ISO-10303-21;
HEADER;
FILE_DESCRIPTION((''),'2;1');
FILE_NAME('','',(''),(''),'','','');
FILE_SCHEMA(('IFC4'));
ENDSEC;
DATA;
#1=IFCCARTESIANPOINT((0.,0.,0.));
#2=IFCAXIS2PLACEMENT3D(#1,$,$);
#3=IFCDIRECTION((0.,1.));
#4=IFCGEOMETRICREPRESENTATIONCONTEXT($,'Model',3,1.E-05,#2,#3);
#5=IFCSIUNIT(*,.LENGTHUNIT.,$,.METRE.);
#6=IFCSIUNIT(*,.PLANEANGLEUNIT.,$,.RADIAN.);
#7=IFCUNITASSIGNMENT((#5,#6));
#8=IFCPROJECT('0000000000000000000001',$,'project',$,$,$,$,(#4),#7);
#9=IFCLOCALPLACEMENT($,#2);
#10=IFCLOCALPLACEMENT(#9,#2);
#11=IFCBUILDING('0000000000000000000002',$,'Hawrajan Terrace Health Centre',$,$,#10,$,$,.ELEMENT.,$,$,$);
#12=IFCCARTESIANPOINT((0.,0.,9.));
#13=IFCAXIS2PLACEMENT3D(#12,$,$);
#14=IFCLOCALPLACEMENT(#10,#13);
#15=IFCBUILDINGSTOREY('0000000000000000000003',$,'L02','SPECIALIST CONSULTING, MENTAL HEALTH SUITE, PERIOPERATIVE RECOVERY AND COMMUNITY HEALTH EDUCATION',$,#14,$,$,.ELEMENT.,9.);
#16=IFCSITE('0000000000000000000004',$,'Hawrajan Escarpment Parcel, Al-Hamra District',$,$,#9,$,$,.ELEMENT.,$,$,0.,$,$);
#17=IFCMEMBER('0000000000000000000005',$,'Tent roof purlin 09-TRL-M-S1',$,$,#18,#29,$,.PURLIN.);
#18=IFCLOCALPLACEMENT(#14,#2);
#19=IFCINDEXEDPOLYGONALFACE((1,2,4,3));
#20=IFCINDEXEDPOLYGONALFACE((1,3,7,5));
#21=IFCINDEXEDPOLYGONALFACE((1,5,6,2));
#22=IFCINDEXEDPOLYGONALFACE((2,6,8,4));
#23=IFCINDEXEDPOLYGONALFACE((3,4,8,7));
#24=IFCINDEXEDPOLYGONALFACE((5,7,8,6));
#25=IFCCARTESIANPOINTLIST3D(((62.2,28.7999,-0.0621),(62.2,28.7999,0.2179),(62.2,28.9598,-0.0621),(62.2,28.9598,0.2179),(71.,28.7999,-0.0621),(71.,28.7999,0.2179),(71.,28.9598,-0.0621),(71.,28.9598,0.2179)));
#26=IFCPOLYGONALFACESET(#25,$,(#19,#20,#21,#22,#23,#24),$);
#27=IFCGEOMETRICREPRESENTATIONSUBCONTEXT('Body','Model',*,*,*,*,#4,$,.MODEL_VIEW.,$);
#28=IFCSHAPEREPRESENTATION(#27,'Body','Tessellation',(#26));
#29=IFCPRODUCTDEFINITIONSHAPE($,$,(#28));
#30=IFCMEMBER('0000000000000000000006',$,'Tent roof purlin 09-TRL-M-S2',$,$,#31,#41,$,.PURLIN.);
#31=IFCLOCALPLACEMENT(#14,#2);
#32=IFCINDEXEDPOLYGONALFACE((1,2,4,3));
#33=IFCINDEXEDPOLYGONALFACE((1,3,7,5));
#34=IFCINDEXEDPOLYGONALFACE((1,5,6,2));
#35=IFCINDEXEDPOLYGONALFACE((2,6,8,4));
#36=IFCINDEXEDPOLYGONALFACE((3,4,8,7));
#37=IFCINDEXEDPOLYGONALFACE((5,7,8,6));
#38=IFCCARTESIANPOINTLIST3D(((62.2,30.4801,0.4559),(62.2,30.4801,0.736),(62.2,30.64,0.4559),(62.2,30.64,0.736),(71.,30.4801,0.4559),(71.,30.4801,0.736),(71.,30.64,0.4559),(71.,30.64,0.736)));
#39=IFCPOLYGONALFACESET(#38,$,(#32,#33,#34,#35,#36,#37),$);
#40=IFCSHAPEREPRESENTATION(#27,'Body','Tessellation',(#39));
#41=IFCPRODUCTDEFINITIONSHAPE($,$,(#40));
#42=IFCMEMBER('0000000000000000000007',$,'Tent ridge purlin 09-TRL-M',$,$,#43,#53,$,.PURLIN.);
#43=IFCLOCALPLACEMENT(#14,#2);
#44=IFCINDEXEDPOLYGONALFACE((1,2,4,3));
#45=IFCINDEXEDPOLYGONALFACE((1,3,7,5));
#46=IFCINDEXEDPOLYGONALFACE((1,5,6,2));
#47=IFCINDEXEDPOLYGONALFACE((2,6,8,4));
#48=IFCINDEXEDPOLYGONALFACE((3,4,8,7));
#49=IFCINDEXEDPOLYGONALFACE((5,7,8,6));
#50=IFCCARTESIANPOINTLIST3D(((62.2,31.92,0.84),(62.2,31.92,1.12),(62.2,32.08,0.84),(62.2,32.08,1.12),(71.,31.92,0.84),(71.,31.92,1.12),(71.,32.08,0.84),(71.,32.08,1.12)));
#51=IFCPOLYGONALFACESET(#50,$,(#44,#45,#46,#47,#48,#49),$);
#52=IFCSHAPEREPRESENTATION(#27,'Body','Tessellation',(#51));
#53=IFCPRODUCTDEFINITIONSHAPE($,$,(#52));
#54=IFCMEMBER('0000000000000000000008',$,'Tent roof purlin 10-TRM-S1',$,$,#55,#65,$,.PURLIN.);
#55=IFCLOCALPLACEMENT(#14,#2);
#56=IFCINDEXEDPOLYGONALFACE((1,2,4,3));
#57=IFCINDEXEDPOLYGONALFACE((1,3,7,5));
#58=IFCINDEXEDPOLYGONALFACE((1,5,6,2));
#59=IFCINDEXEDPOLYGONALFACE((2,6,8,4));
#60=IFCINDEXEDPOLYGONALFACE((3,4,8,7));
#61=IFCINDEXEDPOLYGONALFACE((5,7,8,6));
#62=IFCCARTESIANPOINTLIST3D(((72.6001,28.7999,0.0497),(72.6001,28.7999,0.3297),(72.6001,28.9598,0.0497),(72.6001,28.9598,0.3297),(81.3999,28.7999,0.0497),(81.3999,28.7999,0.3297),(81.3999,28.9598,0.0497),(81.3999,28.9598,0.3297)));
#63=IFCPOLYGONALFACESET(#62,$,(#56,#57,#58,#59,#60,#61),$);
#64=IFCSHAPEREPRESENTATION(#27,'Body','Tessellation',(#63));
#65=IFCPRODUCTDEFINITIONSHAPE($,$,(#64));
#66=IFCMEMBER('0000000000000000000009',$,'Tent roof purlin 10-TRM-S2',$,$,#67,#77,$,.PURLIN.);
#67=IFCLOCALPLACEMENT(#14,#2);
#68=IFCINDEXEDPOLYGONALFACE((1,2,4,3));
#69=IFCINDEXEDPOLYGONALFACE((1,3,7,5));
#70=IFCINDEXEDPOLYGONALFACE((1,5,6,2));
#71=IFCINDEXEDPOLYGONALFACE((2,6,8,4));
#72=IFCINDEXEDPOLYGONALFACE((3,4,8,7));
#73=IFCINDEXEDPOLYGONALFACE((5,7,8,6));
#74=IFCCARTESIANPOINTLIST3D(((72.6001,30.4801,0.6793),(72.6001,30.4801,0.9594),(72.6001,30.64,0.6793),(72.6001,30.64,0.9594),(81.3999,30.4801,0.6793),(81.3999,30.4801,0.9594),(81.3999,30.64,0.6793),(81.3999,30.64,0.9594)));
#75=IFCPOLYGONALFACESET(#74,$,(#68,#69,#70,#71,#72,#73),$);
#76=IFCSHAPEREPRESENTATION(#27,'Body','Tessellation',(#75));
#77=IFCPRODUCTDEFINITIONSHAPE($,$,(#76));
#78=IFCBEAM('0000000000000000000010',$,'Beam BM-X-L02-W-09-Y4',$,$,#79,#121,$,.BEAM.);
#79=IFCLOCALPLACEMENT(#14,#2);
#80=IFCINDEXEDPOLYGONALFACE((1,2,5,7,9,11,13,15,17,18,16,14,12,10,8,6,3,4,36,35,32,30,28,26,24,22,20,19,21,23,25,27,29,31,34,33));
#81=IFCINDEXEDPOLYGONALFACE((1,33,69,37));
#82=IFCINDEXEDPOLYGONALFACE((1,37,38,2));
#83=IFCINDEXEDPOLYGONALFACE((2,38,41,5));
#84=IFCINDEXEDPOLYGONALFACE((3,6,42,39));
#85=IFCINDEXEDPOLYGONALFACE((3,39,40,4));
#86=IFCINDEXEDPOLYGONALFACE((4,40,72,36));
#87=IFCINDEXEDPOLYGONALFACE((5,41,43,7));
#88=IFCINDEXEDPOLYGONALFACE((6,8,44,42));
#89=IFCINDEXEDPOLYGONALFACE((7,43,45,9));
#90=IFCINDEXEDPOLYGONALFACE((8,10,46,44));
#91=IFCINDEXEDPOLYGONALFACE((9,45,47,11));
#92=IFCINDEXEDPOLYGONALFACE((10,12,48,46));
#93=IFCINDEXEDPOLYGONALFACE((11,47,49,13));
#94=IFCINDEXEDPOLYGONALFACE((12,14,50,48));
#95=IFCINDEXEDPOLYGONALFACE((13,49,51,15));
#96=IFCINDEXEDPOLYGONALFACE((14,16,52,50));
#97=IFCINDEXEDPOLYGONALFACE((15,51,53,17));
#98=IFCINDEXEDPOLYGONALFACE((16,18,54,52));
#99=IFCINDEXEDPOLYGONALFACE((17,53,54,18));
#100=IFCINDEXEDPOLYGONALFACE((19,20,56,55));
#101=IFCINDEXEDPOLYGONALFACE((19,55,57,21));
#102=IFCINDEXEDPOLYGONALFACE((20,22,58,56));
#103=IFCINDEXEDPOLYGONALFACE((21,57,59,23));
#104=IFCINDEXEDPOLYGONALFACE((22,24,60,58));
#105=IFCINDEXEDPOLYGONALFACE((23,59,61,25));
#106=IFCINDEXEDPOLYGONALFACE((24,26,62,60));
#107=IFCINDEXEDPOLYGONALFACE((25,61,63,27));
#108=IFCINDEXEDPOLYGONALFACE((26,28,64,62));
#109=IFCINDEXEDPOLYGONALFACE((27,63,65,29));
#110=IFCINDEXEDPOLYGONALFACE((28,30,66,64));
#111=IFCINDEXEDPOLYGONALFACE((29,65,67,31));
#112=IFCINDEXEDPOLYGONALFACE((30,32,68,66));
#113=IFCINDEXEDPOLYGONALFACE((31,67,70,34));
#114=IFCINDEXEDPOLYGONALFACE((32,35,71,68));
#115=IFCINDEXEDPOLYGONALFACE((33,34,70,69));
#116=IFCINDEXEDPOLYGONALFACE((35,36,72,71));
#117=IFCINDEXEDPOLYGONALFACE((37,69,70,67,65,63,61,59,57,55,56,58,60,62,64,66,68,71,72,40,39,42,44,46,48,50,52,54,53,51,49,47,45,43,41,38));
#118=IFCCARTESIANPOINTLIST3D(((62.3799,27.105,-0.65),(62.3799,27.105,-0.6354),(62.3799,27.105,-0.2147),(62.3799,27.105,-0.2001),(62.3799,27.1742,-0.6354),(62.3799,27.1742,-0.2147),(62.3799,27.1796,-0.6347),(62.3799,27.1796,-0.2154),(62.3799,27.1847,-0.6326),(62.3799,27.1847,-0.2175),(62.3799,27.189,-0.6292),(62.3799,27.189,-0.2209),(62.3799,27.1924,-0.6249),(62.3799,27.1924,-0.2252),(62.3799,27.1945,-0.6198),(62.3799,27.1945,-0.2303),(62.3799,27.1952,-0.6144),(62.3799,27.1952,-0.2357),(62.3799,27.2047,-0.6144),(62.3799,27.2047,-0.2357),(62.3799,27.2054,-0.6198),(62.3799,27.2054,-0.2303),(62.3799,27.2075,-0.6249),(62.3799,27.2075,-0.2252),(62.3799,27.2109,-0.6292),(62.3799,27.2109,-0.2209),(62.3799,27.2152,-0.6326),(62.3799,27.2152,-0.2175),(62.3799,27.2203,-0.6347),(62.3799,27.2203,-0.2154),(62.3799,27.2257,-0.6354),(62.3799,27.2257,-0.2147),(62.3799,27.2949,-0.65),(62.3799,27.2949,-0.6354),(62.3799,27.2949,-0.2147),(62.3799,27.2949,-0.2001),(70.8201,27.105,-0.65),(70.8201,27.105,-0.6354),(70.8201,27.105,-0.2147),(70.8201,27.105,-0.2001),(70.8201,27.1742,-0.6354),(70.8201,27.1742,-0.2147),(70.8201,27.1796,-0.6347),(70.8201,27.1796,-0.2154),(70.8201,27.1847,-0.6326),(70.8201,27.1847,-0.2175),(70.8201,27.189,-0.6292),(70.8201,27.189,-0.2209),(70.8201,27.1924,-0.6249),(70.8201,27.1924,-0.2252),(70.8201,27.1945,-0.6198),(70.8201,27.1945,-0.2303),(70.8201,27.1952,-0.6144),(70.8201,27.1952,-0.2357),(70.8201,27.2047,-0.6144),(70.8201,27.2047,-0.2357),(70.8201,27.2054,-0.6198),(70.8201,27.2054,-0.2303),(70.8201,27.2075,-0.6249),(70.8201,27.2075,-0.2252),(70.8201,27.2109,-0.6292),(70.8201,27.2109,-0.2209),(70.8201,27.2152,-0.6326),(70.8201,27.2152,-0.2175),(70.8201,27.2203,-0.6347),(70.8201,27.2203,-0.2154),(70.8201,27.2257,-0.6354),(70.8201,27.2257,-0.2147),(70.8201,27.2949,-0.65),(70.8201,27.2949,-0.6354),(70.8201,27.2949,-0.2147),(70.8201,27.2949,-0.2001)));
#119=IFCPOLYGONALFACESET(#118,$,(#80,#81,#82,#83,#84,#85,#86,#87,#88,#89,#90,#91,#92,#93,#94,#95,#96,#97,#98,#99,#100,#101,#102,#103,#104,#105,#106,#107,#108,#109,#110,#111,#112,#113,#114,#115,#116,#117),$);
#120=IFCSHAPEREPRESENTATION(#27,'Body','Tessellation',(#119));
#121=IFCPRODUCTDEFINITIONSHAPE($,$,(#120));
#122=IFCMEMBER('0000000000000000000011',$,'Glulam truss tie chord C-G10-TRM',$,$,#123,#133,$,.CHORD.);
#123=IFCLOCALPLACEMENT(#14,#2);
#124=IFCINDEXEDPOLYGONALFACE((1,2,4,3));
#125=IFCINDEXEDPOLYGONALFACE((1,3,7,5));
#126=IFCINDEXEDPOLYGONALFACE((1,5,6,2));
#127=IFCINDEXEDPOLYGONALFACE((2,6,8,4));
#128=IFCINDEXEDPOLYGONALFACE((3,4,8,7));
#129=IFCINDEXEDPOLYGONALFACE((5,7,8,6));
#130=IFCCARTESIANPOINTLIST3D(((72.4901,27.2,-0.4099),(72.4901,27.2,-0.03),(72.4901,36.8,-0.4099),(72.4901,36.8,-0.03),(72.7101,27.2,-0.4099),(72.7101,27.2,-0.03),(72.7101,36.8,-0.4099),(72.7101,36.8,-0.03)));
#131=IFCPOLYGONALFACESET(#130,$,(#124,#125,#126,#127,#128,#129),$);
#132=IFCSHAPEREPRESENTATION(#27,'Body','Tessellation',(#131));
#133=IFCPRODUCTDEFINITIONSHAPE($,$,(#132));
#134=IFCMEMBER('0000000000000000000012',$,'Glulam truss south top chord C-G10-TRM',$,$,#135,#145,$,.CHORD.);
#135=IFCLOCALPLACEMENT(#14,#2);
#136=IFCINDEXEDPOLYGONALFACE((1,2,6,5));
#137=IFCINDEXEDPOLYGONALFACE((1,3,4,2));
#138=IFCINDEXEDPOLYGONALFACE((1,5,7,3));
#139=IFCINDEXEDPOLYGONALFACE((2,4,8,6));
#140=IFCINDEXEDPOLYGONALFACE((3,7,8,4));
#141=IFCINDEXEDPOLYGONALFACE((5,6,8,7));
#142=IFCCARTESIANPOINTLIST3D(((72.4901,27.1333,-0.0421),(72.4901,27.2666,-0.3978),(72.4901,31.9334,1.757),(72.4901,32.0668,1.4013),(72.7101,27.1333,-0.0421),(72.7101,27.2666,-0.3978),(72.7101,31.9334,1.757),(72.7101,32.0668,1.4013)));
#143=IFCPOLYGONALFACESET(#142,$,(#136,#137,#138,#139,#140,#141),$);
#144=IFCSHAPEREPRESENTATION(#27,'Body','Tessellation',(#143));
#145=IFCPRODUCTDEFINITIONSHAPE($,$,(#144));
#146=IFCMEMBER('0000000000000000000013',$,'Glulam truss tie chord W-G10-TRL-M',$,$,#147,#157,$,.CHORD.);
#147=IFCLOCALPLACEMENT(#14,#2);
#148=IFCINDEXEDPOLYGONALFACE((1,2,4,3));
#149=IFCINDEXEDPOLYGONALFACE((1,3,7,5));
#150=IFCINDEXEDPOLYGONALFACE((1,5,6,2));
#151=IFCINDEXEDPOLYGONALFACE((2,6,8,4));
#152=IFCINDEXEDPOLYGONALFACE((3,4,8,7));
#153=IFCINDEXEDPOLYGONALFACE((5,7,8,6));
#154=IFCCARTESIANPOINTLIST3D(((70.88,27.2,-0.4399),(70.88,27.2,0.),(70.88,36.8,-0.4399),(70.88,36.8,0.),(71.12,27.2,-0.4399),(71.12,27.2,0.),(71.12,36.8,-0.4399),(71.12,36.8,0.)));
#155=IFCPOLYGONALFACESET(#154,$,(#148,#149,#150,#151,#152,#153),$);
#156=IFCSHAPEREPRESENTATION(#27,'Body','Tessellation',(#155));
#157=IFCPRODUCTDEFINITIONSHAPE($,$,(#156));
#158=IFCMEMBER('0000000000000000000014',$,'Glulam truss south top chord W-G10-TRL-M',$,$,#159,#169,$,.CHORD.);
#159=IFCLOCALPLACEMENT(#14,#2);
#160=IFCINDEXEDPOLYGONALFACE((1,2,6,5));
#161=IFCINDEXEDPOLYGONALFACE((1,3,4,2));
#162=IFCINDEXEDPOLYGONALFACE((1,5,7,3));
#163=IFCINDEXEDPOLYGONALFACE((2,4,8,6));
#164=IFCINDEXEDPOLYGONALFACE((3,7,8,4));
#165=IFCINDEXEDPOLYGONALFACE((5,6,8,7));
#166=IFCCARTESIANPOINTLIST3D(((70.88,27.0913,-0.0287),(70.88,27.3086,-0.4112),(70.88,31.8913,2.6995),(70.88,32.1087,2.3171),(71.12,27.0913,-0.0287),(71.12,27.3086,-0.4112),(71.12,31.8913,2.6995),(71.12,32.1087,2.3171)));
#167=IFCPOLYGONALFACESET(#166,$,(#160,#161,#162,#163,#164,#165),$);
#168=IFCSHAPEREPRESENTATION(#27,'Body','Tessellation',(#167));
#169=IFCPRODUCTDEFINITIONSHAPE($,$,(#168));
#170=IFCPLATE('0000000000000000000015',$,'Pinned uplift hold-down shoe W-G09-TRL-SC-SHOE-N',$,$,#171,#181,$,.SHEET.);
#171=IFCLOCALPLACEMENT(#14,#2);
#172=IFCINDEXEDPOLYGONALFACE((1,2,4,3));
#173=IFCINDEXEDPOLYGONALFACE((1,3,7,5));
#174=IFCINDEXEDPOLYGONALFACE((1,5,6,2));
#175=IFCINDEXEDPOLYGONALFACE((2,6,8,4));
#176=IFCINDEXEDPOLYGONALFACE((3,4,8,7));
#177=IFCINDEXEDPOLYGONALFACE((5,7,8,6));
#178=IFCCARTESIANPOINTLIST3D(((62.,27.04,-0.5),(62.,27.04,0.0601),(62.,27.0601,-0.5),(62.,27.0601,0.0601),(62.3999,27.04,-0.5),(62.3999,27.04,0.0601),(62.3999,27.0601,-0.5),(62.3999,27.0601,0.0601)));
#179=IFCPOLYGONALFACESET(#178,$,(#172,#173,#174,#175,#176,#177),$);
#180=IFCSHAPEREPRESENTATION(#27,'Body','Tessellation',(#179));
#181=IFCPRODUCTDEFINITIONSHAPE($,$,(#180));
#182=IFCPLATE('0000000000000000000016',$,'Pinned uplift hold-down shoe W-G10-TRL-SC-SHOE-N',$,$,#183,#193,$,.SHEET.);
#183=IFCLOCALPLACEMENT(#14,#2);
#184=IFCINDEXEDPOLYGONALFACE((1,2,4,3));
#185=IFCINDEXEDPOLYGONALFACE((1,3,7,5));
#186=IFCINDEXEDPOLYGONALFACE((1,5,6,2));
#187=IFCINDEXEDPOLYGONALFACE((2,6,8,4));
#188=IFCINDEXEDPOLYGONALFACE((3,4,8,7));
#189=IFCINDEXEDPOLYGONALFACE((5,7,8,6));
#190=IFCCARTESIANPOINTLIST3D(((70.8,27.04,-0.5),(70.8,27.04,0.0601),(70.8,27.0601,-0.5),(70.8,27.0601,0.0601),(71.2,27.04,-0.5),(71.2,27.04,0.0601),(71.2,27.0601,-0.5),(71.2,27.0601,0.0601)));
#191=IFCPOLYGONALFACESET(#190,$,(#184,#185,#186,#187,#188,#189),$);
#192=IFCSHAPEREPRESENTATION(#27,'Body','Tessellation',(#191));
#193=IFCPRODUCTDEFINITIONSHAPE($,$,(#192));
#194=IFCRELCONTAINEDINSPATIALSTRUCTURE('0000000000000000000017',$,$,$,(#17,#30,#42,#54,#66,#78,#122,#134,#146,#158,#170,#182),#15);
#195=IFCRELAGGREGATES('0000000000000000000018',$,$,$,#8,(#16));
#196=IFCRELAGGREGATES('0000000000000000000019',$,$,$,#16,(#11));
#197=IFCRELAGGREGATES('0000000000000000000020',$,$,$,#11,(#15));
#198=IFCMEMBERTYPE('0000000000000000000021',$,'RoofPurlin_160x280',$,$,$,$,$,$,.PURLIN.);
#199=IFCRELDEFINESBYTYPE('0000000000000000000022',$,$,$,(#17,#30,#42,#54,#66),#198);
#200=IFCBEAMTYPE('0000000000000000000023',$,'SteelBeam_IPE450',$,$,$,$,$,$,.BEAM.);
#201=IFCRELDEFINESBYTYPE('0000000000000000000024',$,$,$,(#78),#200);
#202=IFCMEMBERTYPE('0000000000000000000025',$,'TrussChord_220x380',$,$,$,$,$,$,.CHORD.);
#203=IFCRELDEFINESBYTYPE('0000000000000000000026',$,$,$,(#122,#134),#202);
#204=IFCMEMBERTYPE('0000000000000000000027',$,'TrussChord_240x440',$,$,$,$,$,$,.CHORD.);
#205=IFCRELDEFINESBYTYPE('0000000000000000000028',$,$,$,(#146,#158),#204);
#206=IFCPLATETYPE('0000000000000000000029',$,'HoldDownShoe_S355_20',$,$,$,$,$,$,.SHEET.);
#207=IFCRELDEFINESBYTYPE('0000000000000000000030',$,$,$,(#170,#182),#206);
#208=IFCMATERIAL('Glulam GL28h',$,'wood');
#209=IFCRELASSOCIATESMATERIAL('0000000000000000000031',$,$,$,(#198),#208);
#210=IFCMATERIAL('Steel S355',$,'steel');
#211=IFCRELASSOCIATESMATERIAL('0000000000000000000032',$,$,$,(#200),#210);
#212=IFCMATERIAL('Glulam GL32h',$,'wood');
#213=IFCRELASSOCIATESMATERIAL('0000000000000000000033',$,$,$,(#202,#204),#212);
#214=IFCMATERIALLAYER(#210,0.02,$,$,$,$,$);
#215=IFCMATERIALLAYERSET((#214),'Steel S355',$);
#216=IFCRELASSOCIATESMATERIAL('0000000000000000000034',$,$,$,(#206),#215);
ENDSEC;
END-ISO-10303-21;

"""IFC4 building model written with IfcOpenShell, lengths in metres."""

from ifc_helpers import new_model, si_unit, direction, frame, origin, origin_2d, place, context, subcontext, project, spatial, rectangle, i_section, extrude, material, layer, layer_set, material_profile, profile_set, type_object, element, save


model = new_model("IFC4")

# Units and contexts
model_context = context("Model", 3, precision=1e-05, world=origin(), true_north=direction((0.0, 1.0)))
body_context = subcontext(model_context, "Body", "Model", "MODEL_VIEW")
ifc_project = project(units=[si_unit("LENGTHUNIT", "METRE"), si_unit("PLANEANGLEUNIT", "RADIAN")], contexts=[model_context])

# Site, building, storey
site_placement = place(None, origin())
site = spatial("IfcSite", under=ifc_project, at=site_placement, Name="Hawrajan Escarpment Parcel, Al-Hamra District", CompositionType="ELEMENT", RefElevation=0.0)
building_placement = place(site_placement, origin())
building = spatial("IfcBuilding", under=site, at=building_placement, Name="Hawrajan Terrace Health Centre", CompositionType="ELEMENT")
storey_placement = place(building_placement, frame((0.0, 0.0, 9.0)))
storey = spatial("IfcBuildingStorey", under=building, at=storey_placement, Name="L02", Description="SPECIALIST CONSULTING, MENTAL HEALTH SUITE, PERIOPERATIVE RECOVERY AND COMMUNITY HEALTH EDUCATION", CompositionType="ELEMENT", Elevation=9.0)

# Members
ifc_material_1 = material(Name="Glulam GL28h", Category="wood")
ifc_material_profile_1 = material_profile(ifc_material_1, rectangle(XDim=0.1599, YDim=0.28, at=origin_2d()), Name="GL PUR 160x280")
ifc_profile_set_1 = profile_set([ifc_material_profile_1], Name="Glulam GL28h")
member_type_1 = type_object("IfcMemberType", Name="RoofPurlin_160x280", PredefinedType="PURLIN", material=ifc_profile_set_1)
for number, where, z_axis, x_axis, name in (
    (1, (62.2, 28.8799, 0.0779), (1.0, 0.0, 0.0), (0.0, 1.0, 0.0), "Tent roof purlin 09-TRL-M-S1"),
    (2, (62.2, 30.5601, 0.5959), (1.0, 0.0, 0.0), (0.0, 1.0, 0.0), "Tent roof purlin 09-TRL-M-S2"),
    (3, (62.2, 32.0, 0.98), (1.0, 0.0, 0.0), (0.0, 1.0, 0.0), "Tent ridge purlin 09-TRL-M"),
):
    element("IfcMember", number, at=place(storey_placement, frame(where, z_axis=z_axis, x_axis=x_axis)), inside=storey, type_object=member_type_1, Name=name, PredefinedType="PURLIN", context=body_context, shape_type="SweptSolid", body=[
        extrude(rectangle(XDim=0.1599, YDim=0.28, at=origin_2d()), origin(), (0.0, 0.0, 1.0), 8.8),
    ])
for number, where, z_axis, x_axis, name in (
    (4, (72.6001, 28.8799, 0.1897), (1.0, 0.0, 0.0), (0.0, 1.0, 0.0), "Tent roof purlin 10-TRM-S1"),
    (5, (72.6001, 30.5601, 0.8193), (1.0, 0.0, 0.0), (0.0, 1.0, 0.0), "Tent roof purlin 10-TRM-S2"),
):
    element("IfcMember", number, at=place(storey_placement, frame(where, z_axis=z_axis, x_axis=x_axis)), inside=storey, type_object=member_type_1, Name=name, PredefinedType="PURLIN", context=body_context, shape_type="SweptSolid", body=[
        extrude(rectangle(XDim=0.1599, YDim=0.28, at=origin_2d()), origin(), (0.0, 0.0, 1.0), 8.7998),
    ])

# Beam
ifc_material_2 = material(Name="Steel S355", Category="steel")
ifc_material_profile_2 = material_profile(ifc_material_2, i_section(OverallWidth=0.1899, OverallDepth=0.45, WebThickness=0.0095, FlangeThickness=0.0146, FilletRadius=0.021, at=origin_2d()), Name="IPE 450")
ifc_profile_set_2 = profile_set([ifc_material_profile_2], Name="Steel S355")
beam_type = type_object("IfcBeamType", Name="SteelBeam_IPE450", PredefinedType="BEAM", material=ifc_profile_set_2)
beam_placement = place(storey_placement, frame((62.3799, 27.2, -0.425), z_axis=(1.0, 0.0, 0.0), x_axis=(0.0, 1.0, 0.0)))
element("IfcBeam", 6, at=beam_placement, inside=storey, type_object=beam_type, Name="Beam BM-X-L02-W-09-Y4", PredefinedType="BEAM", context=body_context, shape_type="SweptSolid", body=[
    extrude(i_section(OverallWidth=0.1899, OverallDepth=0.45, WebThickness=0.0095, FlangeThickness=0.0146, FilletRadius=0.021, at=origin_2d()), origin(), (0.0, 0.0, 1.0), 8.4402),
])

# Members
ifc_material_3 = material(Name="Glulam GL32h", Category="wood")
ifc_material_profile_3 = material_profile(ifc_material_3, rectangle(XDim=0.22, YDim=0.3799, at=origin_2d()), Name="GL CHD 220x380")
ifc_profile_set_3 = profile_set([ifc_material_profile_3], Name="Glulam GL32h")
member_type_2 = type_object("IfcMemberType", Name="TrussChord_220x380", PredefinedType="CHORD", material=ifc_profile_set_3)
member_1_placement = place(storey_placement, frame((72.6001, 27.2, -0.22), z_axis=(0.0, 1.0, 0.0), x_axis=(-1.0, 0.0, 0.0)))
element("IfcMember", 7, at=member_1_placement, inside=storey, type_object=member_type_2, Name="Glulam truss tie chord C-G10-TRM", PredefinedType="CHORD", context=body_context, shape_type="SweptSolid", body=[
    extrude(rectangle(XDim=0.22, YDim=0.3799, at=origin_2d()), origin(), (0.0, 0.0, 1.0), 9.6001),
])
member_2_placement = place(storey_placement, frame((72.6001, 27.2, -0.22), z_axis=(0.0, 0.93639, 0.350962), x_axis=(-1.0, 0.0, 0.0)))
element("IfcMember", 8, at=member_2_placement, inside=storey, type_object=member_type_2, Name="Glulam truss south top chord C-G10-TRM", PredefinedType="CHORD", context=body_context, shape_type="SweptSolid", body=[
    extrude(rectangle(XDim=0.22, YDim=0.3799, at=origin_2d()), origin(), (0.0, 0.0, 1.0), 5.1262),
])
ifc_material_profile_4 = material_profile(ifc_material_3, rectangle(XDim=0.24, YDim=0.4399, at=origin_2d()), Name="GL CHD 240x440")
ifc_profile_set_4 = profile_set([ifc_material_profile_4], Name="Glulam GL32h")
member_type_3 = type_object("IfcMemberType", Name="TrussChord_240x440", PredefinedType="CHORD", material=ifc_profile_set_4)
member_3_placement = place(storey_placement, frame((71.0, 27.2, -0.22), z_axis=(0.0, 1.0, 0.0), x_axis=(-1.0, 0.0, 0.0)))
element("IfcMember", 9, at=member_3_placement, inside=storey, type_object=member_type_3, Name="Glulam truss tie chord W-G10-TRL-M", PredefinedType="CHORD", context=body_context, shape_type="SweptSolid", body=[
    extrude(rectangle(XDim=0.24, YDim=0.4399, at=origin_2d()), origin(), (0.0, 0.0, 1.0), 9.6001),
])
member_4_placement = place(storey_placement, frame((71.0, 27.2, -0.22), z_axis=(0.0, 0.869381, 0.494142), x_axis=(-1.0, 0.0, 0.0)))
element("IfcMember", 10, at=member_4_placement, inside=storey, type_object=member_type_3, Name="Glulam truss south top chord W-G10-TRL-M", PredefinedType="CHORD", context=body_context, shape_type="SweptSolid", body=[
    extrude(rectangle(XDim=0.24, YDim=0.4399, at=origin_2d()), origin(), (0.0, 0.0, 1.0), 5.5212),
])

# Plates
ifc_layer_1 = layer(ifc_material_2, 0.02)
ifc_layer_set_1 = layer_set([ifc_layer_1], Name="Steel S355")
plate_type = type_object("IfcPlateType", Name="HoldDownShoe_S355_20", PredefinedType="SHEET", material=ifc_layer_set_1)
for number, where, z_axis, x_axis, name in (
    (11, (62.2, 27.05, -0.5), (0.0, 0.0, 1.0), (1.0, 0.0, 0.0), "Pinned uplift hold-down shoe W-G09-TRL-SC-SHOE-N"),
    (12, (71.0, 27.05, -0.5), (0.0, 0.0, 1.0), (1.0, 0.0, 0.0), "Pinned uplift hold-down shoe W-G10-TRL-SC-SHOE-N"),
):
    element("IfcPlate", number, at=place(storey_placement, frame(where, z_axis=z_axis, x_axis=x_axis)), inside=storey, type_object=plate_type, Name=name, PredefinedType="SHEET", context=body_context, shape_type="SweptSolid", body=[
        extrude(rectangle(XDim=0.3999, YDim=0.02, at=origin_2d()), origin(), (0.0, 0.0, 1.0), 0.5601),
    ])

save(model, "model.ifc")
